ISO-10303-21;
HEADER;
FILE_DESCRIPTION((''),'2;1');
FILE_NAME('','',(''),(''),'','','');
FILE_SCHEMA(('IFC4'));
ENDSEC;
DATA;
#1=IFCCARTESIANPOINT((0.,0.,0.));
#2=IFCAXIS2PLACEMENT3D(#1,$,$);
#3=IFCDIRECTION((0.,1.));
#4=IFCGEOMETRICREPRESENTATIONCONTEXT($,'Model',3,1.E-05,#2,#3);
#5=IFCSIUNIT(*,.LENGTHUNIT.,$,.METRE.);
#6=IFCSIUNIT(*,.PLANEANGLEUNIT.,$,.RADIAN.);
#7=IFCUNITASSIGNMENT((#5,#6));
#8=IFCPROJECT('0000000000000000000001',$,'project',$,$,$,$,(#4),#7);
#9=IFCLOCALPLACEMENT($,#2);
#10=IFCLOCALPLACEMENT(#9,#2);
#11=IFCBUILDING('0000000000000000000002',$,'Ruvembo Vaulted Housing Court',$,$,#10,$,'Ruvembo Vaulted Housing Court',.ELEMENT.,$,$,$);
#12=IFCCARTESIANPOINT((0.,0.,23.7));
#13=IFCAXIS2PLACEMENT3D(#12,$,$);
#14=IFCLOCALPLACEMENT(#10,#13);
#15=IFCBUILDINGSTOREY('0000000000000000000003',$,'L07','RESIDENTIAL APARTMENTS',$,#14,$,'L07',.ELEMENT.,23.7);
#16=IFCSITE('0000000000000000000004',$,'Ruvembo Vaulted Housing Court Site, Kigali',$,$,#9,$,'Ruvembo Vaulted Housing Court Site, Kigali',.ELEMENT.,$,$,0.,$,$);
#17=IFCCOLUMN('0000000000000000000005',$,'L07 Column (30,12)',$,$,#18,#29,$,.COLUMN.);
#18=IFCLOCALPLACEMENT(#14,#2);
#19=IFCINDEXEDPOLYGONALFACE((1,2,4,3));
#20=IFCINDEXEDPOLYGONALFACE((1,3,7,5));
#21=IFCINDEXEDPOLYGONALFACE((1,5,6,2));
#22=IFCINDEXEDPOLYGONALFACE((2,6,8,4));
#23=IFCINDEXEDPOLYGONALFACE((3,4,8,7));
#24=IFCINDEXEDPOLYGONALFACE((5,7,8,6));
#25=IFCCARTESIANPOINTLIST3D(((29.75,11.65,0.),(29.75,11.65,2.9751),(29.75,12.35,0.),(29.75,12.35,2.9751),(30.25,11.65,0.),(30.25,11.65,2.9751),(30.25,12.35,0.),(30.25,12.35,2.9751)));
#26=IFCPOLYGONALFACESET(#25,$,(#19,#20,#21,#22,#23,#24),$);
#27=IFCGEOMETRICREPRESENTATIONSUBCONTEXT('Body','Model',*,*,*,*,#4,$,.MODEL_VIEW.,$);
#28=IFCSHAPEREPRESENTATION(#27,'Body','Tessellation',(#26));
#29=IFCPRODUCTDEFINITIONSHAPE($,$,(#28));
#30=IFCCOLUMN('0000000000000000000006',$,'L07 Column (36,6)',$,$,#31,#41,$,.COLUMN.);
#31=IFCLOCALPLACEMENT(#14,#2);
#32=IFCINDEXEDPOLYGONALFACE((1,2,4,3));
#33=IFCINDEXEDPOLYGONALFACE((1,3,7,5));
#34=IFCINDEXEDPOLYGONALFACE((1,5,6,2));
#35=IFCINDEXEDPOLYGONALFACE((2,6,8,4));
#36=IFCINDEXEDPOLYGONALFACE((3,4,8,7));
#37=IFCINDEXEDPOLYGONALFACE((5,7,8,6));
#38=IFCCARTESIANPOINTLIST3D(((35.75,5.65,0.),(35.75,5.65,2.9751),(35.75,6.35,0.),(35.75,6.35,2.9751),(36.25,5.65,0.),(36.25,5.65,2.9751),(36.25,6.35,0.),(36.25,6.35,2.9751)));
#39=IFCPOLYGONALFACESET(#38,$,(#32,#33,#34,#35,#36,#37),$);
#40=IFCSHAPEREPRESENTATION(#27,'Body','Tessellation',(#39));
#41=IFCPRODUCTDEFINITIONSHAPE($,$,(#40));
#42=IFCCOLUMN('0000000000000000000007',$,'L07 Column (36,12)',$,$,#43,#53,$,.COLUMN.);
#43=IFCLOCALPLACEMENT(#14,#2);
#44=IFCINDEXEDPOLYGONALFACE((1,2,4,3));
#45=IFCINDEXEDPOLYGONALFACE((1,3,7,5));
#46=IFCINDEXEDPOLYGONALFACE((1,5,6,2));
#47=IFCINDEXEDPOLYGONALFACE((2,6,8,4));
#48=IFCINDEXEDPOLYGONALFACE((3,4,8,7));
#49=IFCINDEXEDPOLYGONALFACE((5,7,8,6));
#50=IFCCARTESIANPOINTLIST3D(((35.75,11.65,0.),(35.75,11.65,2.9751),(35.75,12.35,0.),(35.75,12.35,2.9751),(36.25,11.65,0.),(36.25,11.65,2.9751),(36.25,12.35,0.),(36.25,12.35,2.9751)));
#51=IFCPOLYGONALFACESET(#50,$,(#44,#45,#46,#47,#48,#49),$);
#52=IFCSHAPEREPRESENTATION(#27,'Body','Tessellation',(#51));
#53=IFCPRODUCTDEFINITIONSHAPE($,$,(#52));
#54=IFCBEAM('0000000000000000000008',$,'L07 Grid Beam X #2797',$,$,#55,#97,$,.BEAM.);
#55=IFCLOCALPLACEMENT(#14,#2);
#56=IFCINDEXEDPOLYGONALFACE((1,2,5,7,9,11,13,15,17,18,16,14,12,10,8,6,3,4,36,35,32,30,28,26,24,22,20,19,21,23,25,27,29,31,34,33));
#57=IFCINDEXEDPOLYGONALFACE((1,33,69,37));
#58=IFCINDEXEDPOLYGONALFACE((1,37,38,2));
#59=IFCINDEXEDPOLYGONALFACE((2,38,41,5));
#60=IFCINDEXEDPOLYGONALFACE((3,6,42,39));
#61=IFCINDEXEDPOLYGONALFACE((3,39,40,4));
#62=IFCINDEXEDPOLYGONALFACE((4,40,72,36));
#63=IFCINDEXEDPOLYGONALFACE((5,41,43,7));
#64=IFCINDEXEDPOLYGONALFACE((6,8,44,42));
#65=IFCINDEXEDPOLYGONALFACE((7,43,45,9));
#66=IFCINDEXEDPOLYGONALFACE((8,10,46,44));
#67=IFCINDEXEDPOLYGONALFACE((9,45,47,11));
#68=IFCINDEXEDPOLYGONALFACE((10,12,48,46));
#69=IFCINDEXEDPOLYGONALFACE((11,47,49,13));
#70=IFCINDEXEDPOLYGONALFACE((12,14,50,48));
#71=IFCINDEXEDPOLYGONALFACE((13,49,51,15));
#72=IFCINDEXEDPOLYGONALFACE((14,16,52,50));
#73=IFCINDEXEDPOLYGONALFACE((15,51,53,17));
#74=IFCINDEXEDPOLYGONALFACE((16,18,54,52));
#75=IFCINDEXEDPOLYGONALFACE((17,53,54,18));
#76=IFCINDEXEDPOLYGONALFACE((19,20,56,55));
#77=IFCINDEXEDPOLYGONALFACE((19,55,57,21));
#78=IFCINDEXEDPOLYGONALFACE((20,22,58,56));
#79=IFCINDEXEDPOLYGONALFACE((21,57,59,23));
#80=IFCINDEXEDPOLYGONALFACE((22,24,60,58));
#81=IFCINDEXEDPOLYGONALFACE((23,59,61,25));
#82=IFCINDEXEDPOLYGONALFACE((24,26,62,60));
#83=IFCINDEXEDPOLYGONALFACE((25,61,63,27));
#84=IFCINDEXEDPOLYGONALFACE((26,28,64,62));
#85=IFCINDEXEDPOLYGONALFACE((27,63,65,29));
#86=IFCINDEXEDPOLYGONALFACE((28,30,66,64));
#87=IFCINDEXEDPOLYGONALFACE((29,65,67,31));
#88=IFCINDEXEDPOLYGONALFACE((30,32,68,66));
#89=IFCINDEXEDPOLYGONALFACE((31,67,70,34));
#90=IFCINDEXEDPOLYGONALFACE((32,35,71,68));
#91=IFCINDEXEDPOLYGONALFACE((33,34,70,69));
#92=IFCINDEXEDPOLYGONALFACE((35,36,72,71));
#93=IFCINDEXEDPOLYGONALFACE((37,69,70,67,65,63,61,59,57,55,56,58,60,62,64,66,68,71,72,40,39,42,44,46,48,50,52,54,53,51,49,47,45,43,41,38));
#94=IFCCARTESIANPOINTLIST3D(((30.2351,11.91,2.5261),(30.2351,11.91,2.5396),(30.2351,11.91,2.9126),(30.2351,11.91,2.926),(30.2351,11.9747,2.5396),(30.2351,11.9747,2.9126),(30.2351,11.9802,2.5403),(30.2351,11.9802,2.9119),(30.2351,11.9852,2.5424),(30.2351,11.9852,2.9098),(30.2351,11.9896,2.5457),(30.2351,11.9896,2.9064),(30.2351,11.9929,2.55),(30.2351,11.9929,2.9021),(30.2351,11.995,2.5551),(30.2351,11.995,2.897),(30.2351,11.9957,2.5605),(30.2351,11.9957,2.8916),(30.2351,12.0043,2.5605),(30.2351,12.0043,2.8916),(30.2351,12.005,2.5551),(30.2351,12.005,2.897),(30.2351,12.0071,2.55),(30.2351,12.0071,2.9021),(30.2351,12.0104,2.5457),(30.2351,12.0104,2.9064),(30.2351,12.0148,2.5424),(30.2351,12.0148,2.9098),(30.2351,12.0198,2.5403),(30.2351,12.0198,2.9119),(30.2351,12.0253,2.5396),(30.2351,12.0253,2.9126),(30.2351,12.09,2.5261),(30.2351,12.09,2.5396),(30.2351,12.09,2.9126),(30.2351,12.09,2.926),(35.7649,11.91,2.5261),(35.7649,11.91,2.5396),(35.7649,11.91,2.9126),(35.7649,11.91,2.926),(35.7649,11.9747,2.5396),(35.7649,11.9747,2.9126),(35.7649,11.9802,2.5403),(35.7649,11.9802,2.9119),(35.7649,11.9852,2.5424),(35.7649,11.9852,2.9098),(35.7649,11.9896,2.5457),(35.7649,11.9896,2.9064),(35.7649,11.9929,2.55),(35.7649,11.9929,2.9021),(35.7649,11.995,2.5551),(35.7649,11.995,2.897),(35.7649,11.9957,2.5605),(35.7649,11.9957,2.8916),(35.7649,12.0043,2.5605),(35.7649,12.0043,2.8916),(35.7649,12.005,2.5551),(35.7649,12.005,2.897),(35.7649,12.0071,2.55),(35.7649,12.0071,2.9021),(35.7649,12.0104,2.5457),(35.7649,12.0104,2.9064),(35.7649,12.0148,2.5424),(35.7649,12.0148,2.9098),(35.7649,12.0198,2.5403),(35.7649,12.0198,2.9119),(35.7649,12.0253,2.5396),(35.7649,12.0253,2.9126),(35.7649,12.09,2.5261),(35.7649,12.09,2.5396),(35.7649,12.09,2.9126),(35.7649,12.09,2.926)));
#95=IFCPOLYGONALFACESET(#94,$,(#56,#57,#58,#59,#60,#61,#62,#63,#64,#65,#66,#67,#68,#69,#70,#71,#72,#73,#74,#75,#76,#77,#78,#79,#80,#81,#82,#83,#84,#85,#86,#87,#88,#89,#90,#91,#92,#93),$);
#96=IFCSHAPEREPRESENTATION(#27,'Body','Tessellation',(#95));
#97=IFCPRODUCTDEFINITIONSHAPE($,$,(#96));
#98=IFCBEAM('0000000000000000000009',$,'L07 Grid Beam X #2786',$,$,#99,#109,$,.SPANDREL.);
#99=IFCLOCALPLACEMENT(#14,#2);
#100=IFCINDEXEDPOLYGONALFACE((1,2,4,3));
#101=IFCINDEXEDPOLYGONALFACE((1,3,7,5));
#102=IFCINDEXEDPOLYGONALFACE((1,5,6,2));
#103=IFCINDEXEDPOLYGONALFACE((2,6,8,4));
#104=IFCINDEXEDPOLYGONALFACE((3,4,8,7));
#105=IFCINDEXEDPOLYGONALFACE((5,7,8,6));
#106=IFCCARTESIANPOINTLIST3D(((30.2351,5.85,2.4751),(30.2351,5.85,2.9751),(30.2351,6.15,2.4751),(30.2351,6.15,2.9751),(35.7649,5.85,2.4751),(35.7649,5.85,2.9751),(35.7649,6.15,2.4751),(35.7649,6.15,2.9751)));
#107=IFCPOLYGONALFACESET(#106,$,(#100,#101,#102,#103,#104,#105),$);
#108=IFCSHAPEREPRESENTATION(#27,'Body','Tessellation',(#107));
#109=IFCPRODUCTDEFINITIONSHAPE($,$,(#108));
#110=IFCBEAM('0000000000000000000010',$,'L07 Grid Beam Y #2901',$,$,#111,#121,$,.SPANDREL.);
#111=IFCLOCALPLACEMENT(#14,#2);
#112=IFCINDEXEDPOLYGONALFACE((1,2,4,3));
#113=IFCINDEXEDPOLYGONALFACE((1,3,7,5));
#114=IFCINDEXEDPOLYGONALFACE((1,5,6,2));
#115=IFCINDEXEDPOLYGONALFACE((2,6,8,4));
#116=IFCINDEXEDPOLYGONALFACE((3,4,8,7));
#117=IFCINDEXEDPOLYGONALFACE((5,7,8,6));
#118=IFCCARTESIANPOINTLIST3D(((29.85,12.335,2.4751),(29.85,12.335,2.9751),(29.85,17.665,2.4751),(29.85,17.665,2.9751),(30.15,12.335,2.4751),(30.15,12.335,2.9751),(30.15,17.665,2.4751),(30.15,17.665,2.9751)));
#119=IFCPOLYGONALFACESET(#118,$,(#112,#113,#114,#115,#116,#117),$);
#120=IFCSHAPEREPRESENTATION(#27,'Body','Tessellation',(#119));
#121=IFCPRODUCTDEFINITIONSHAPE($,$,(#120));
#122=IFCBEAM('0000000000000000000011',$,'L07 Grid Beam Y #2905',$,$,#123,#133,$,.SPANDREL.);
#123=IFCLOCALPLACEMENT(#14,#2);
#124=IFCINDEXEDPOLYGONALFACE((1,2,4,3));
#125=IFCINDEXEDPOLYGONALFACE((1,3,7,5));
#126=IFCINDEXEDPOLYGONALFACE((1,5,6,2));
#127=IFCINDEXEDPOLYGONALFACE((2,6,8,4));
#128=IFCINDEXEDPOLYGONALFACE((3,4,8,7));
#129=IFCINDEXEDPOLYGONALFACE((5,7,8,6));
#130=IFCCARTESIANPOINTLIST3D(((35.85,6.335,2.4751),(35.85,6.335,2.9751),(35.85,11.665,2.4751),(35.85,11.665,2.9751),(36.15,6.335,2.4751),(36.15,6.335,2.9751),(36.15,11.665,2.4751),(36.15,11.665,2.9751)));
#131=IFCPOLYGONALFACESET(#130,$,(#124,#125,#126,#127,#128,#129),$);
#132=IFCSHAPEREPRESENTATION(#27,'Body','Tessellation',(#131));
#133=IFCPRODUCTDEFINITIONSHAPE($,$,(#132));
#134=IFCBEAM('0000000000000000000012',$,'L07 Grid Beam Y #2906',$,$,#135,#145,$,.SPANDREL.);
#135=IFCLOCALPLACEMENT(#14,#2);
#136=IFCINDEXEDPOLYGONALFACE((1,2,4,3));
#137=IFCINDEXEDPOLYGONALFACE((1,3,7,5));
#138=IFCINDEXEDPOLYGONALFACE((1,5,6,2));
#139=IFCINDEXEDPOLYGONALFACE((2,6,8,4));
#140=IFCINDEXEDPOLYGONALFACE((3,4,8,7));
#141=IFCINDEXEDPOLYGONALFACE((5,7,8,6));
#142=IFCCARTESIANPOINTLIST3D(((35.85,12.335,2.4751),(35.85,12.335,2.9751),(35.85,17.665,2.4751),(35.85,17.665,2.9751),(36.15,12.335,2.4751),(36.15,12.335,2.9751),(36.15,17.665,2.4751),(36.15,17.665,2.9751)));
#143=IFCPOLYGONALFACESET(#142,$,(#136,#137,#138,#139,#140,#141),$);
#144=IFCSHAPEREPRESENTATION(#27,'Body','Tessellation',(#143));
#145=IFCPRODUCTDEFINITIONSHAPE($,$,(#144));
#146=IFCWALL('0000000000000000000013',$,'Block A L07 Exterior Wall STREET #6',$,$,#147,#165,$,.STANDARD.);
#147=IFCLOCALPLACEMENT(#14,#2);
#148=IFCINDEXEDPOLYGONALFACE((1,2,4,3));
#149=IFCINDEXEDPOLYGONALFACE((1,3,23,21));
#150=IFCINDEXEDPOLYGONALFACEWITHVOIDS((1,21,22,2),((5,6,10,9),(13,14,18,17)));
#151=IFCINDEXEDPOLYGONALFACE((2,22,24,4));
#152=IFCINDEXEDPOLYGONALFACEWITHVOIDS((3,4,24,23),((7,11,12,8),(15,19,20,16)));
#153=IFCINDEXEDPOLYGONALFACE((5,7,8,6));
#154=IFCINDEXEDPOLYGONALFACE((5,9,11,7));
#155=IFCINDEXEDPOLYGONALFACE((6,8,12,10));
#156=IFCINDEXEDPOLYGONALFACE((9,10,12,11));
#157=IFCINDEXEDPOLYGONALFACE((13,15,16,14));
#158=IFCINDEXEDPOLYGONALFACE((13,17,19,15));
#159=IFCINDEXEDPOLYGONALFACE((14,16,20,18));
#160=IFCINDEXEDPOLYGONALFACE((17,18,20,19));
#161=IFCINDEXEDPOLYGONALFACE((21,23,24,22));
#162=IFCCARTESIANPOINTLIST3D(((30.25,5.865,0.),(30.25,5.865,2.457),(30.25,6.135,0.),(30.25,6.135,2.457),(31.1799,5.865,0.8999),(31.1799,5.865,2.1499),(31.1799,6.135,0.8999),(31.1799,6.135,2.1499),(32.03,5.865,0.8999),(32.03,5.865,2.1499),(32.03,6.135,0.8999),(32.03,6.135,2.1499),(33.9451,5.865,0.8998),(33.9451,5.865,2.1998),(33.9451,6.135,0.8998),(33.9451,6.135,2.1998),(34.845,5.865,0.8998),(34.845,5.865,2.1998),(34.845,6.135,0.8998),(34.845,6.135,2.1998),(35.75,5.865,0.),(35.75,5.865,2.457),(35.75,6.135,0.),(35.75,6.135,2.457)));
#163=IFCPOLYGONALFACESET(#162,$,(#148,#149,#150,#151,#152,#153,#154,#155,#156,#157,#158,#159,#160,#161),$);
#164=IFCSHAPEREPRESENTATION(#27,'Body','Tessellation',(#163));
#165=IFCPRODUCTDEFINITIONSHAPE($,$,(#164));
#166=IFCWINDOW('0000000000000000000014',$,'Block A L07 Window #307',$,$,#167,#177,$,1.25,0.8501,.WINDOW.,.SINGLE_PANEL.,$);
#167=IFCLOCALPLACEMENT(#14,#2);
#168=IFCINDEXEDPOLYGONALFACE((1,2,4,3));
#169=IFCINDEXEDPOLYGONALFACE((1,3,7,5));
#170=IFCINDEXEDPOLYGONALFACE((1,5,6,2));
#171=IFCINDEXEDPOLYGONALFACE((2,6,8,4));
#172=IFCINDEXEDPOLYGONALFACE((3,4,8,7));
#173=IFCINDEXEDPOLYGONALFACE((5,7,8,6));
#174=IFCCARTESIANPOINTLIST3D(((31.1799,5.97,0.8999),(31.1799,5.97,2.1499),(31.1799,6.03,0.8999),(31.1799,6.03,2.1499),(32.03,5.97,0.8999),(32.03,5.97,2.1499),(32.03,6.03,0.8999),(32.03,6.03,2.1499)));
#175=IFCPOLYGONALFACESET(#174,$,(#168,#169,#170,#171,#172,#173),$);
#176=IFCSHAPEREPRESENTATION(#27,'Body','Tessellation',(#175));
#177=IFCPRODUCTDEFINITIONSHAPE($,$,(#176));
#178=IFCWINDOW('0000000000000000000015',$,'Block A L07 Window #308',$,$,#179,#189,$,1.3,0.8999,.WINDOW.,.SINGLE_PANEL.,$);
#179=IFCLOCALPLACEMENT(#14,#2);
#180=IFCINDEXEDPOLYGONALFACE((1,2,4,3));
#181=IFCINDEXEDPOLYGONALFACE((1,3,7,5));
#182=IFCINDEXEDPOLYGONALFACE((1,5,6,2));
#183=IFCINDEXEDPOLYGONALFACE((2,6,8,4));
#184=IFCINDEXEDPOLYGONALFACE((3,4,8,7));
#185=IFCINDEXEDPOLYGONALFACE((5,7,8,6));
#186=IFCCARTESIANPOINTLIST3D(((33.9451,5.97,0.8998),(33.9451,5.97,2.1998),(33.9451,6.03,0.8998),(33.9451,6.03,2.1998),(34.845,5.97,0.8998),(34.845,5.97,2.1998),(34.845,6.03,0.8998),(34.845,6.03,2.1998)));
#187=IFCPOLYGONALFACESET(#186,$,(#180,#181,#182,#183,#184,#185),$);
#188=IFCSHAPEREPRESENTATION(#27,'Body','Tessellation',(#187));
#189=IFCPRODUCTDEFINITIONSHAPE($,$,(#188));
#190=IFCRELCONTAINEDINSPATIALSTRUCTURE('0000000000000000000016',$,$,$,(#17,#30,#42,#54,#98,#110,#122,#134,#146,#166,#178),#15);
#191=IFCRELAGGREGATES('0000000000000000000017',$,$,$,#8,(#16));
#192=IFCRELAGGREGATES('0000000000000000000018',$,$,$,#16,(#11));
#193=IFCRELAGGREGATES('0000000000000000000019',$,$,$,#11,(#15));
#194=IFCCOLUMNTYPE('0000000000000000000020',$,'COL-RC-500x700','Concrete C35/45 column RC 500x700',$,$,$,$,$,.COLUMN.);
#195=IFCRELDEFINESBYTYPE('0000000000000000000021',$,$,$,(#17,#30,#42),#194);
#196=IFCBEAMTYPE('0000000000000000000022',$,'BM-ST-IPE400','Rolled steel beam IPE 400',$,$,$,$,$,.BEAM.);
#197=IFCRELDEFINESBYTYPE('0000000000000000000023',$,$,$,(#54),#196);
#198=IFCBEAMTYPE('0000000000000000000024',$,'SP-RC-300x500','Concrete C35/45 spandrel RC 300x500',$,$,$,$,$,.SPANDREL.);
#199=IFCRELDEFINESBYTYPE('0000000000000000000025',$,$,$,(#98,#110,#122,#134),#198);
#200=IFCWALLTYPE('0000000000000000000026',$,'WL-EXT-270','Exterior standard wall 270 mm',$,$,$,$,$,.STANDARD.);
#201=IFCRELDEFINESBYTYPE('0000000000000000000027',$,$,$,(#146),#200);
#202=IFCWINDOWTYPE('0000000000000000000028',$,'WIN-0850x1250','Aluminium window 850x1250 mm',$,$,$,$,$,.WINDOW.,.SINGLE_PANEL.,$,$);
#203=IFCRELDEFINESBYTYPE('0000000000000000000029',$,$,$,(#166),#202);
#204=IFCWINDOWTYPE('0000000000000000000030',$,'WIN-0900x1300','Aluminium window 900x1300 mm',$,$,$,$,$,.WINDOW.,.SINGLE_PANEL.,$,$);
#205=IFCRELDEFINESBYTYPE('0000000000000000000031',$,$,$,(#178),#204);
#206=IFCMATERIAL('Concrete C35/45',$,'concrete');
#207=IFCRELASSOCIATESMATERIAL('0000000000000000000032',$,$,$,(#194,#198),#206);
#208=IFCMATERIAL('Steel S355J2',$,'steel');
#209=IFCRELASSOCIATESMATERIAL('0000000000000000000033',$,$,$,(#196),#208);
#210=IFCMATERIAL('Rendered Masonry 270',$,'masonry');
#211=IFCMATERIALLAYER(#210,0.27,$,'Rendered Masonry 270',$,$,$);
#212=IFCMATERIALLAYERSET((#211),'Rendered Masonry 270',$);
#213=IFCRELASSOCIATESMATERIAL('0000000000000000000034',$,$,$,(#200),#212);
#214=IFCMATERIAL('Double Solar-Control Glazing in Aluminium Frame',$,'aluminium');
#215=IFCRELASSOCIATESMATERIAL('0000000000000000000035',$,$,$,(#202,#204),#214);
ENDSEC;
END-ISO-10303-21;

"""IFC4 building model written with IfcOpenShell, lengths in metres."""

from ifc_helpers import new_model, si_unit, direction, frame, frame_2d, origin, origin_2d, place, context, subcontext, project, spatial, rectangle, i_section, extrude, material, layer, layer_set, material_profile, profile_set, type_object, element, fill, save


model = new_model("IFC4")

# Units and contexts
model_context = context("Model", 3, precision=1e-05, world=origin(), true_north=direction((0.0, 1.0)))
body_context = subcontext(model_context, "Body", "Model", "MODEL_VIEW")
ifc_project = project(units=[si_unit("LENGTHUNIT", "METRE"), si_unit("PLANEANGLEUNIT", "RADIAN")], contexts=[model_context])

# Site, building, storey
site_placement = place(None, origin())
site = spatial("IfcSite", under=ifc_project, at=site_placement, Name="Ruvembo Vaulted Housing Court Site, Kigali", LongName="Ruvembo Vaulted Housing Court Site, Kigali", CompositionType="ELEMENT", RefElevation=0.0)
building_placement = place(site_placement, origin())
building = spatial("IfcBuilding", under=site, at=building_placement, Name="Ruvembo Vaulted Housing Court", LongName="Ruvembo Vaulted Housing Court", CompositionType="ELEMENT")
storey_placement = place(building_placement, frame((0.0, 0.0, 23.7)))
storey = spatial("IfcBuildingStorey", under=building, at=storey_placement, Name="L07", Description="RESIDENTIAL APARTMENTS", LongName="L07", CompositionType="ELEMENT", Elevation=23.7)

# Columns
ifc_material_1 = material(Name="Concrete C35/45", Category="concrete")
ifc_material_profile_1 = material_profile(ifc_material_1, rectangle(XDim=0.5, YDim=0.7, at=origin_2d()), Name="RC 500x700")
ifc_profile_set_1 = profile_set([ifc_material_profile_1], Name="Concrete C35/45")
column_type = type_object("IfcColumnType", Name="COL-RC-500x700", Description="Concrete C35/45 column RC 500x700", PredefinedType="COLUMN", material=ifc_profile_set_1)
for number, where, z_axis, x_axis, name in (
    (1, (30.0, 12.0, 0.0), (0.0, 0.0, 1.0), (1.0, 0.0, 0.0), "L07 Column (30,12)"),
    (2, (36.0, 6.0, 0.0), (0.0, 0.0, 1.0), (1.0, 0.0, 0.0), "L07 Column (36,6)"),
    (3, (36.0, 12.0, 0.0), (0.0, 0.0, 1.0), (1.0, 0.0, 0.0), "L07 Column (36,12)"),
):
    element("IfcColumn", number, at=place(storey_placement, frame(where, z_axis=z_axis, x_axis=x_axis)), inside=storey, type_object=column_type, Name=name, PredefinedType="COLUMN", context=body_context, shape_type="SweptSolid", body=[
        extrude(rectangle(XDim=0.5, YDim=0.7, at=origin_2d()), origin(), (0.0, 0.0, 1.0), 2.9751),
    ])

# Beams
ifc_material_2 = material(Name="Steel S355J2", Category="steel")
ifc_material_profile_2 = material_profile(ifc_material_2, i_section(OverallWidth=0.1799, OverallDepth=0.3999, WebThickness=0.0085, FlangeThickness=0.0134, FilletRadius=0.021, at=origin_2d()), Name="IPE 400")
ifc_profile_set_2 = profile_set([ifc_material_profile_2], Name="Steel S355J2")
beam_type_1 = type_object("IfcBeamType", Name="BM-ST-IPE400", Description="Rolled steel beam IPE 400", PredefinedType="BEAM", material=ifc_profile_set_2)
beam_1_placement = place(storey_placement, frame((30.2351, 12.0, 2.7261), z_axis=(1.0, 0.0, 0.0), x_axis=(0.0, 1.0, 0.0)))
element("IfcBeam", 4, at=beam_1_placement, inside=storey, type_object=beam_type_1, Name="L07 Grid Beam X #2797", PredefinedType="BEAM", context=body_context, shape_type="SweptSolid", body=[
    extrude(i_section(OverallWidth=0.1799, OverallDepth=0.3999, WebThickness=0.0085, FlangeThickness=0.0134, FilletRadius=0.021, at=origin_2d()), origin(), (0.0, 0.0, 1.0), 5.5298),
])
ifc_material_profile_3 = material_profile(ifc_material_1, rectangle(XDim=0.3, YDim=0.5, at=origin_2d()), Name="RC 300x500")
ifc_profile_set_3 = profile_set([ifc_material_profile_3], Name="Concrete C35/45")
beam_type_2 = type_object("IfcBeamType", Name="SP-RC-300x500", Description="Concrete C35/45 spandrel RC 300x500", PredefinedType="SPANDREL", material=ifc_profile_set_3)
beam_2_placement = place(storey_placement, frame((30.2351, 6.0, 2.7251), z_axis=(1.0, 0.0, 0.0), x_axis=(0.0, 1.0, 0.0)))
element("IfcBeam", 5, at=beam_2_placement, inside=storey, type_object=beam_type_2, Name="L07 Grid Beam X #2786", PredefinedType="SPANDREL", context=body_context, shape_type="SweptSolid", body=[
    extrude(rectangle(XDim=0.3, YDim=0.5, at=origin_2d()), origin(), (0.0, 0.0, 1.0), 5.5298),
])
for number, where, z_axis, x_axis, name in (
    (6, (30.0, 12.335, 2.7251), (0.0, 1.0, 0.0), (-1.0, 0.0, 0.0), "L07 Grid Beam Y #2901"),
    (7, (36.0, 6.335, 2.7251), (0.0, 1.0, 0.0), (-1.0, 0.0, 0.0), "L07 Grid Beam Y #2905"),
    (8, (36.0, 12.335, 2.7251), (0.0, 1.0, 0.0), (-1.0, 0.0, 0.0), "L07 Grid Beam Y #2906"),
):
    element("IfcBeam", number, at=place(storey_placement, frame(where, z_axis=z_axis, x_axis=x_axis)), inside=storey, type_object=beam_type_2, Name=name, PredefinedType="SPANDREL", context=body_context, shape_type="SweptSolid", body=[
        extrude(rectangle(XDim=0.3, YDim=0.5, at=origin_2d()), origin(), (0.0, 0.0, 1.0), 5.3301),
    ])

# Wall, openings, windows
ifc_material_3 = material(Name="Rendered Masonry 270", Category="masonry")
ifc_layer_1 = layer(ifc_material_3, 0.27, Name="Rendered Masonry 270")
ifc_layer_set_1 = layer_set([ifc_layer_1], Name="Rendered Masonry 270")
wall_type_1 = type_object("IfcWallType", Name="WL-EXT-270", Description="Exterior standard wall 270 mm", PredefinedType="STANDARD", material=ifc_layer_set_1)
wall_1_placement = place(storey_placement, frame((30.25, 6.0, 0.0), z_axis=(0.0, 0.0, 1.0), x_axis=(1.0, 0.0, 0.0)))
wall_1 = element("IfcWall", 9, at=wall_1_placement, inside=storey, type_object=wall_type_1, Name="Block A L07 Exterior Wall STREET #6", PredefinedType="STANDARD", context=body_context, shape_type="SweptSolid", body=[
    extrude(rectangle(XDim=5.5, YDim=0.27, at=frame_2d((2.75, 0.0))), origin(), (0.0, 0.0, 1.0), 2.457),
])
opening_1_placement = place(wall_1_placement, frame((0.9299, 0.0, 0.8999)))
opening_1 = element("IfcOpeningElement", 10, at=opening_1_placement, cuts=wall_1, PredefinedType="OPENING", context=body_context, shape_type="SweptSolid", body=[
    extrude(rectangle(XDim=0.8501, YDim=1.25, at=frame_2d((0.425, 0.625))), frame((0.0, 0.145, 0.0), z_axis=(0.0, -1.0, 0.0), x_axis=(1.0, 0.0, 0.0)), (0.0, 0.0, 1.0), 0.29),
])
opening_2_placement = place(wall_1_placement, frame((3.6951, 0.0, 0.8999)))
opening_2 = element("IfcOpeningElement", 11, at=opening_2_placement, cuts=wall_1, PredefinedType="OPENING", context=body_context, shape_type="SweptSolid", body=[
    extrude(rectangle(XDim=0.8999, YDim=1.3, at=frame_2d((0.45, 0.6499))), frame((0.0, 0.145, 0.0), z_axis=(0.0, -1.0, 0.0), x_axis=(1.0, 0.0, 0.0)), (0.0, 0.0, 1.0), 0.29),
])
ifc_material_4 = material(Name="Double Solar-Control Glazing in Aluminium Frame", Category="aluminium")
window_type_1 = type_object("IfcWindowType", Name="WIN-0850x1250", Description="Aluminium window 850x1250 mm", PartitioningType="SINGLE_PANEL", PredefinedType="WINDOW", material=ifc_material_4)
window_1_placement = place(opening_1_placement, origin())
window_1 = element("IfcWindow", 12, at=window_1_placement, inside=storey, type_object=window_type_1, Name="Block A L07 Window #307", OverallHeight=1.25, OverallWidth=0.8501, PartitioningType="SINGLE_PANEL", PredefinedType="WINDOW", context=body_context, shape_type="SweptSolid", body=[
    extrude(rectangle(XDim=0.8501, YDim=1.25, at=frame_2d((0.425, 0.625))), frame((0.0, 0.03, 0.0), z_axis=(0.0, -1.0, 0.0), x_axis=(1.0, 0.0, 0.0)), (0.0, 0.0, 1.0), 0.0601),
])
fill(opening_1, window_1)
window_type_2 = type_object("IfcWindowType", Name="WIN-0900x1300", Description="Aluminium window 900x1300 mm", PartitioningType="SINGLE_PANEL", PredefinedType="WINDOW", material=ifc_material_4)
window_2_placement = place(opening_2_placement, origin())
window_2 = element("IfcWindow", 13, at=window_2_placement, inside=storey, type_object=window_type_2, Name="Block A L07 Window #308", OverallHeight=1.3, OverallWidth=0.8999, PartitioningType="SINGLE_PANEL", PredefinedType="WINDOW", context=body_context, shape_type="SweptSolid", body=[
    extrude(rectangle(XDim=0.8999, YDim=1.3, at=frame_2d((0.45, 0.6499))), frame((0.0, 0.03, 0.0), z_axis=(0.0, -1.0, 0.0), x_axis=(1.0, 0.0, 0.0)), (0.0, 0.0, 1.0), 0.0601),
])
fill(opening_2, window_2)

save(model, "model.ifc")
